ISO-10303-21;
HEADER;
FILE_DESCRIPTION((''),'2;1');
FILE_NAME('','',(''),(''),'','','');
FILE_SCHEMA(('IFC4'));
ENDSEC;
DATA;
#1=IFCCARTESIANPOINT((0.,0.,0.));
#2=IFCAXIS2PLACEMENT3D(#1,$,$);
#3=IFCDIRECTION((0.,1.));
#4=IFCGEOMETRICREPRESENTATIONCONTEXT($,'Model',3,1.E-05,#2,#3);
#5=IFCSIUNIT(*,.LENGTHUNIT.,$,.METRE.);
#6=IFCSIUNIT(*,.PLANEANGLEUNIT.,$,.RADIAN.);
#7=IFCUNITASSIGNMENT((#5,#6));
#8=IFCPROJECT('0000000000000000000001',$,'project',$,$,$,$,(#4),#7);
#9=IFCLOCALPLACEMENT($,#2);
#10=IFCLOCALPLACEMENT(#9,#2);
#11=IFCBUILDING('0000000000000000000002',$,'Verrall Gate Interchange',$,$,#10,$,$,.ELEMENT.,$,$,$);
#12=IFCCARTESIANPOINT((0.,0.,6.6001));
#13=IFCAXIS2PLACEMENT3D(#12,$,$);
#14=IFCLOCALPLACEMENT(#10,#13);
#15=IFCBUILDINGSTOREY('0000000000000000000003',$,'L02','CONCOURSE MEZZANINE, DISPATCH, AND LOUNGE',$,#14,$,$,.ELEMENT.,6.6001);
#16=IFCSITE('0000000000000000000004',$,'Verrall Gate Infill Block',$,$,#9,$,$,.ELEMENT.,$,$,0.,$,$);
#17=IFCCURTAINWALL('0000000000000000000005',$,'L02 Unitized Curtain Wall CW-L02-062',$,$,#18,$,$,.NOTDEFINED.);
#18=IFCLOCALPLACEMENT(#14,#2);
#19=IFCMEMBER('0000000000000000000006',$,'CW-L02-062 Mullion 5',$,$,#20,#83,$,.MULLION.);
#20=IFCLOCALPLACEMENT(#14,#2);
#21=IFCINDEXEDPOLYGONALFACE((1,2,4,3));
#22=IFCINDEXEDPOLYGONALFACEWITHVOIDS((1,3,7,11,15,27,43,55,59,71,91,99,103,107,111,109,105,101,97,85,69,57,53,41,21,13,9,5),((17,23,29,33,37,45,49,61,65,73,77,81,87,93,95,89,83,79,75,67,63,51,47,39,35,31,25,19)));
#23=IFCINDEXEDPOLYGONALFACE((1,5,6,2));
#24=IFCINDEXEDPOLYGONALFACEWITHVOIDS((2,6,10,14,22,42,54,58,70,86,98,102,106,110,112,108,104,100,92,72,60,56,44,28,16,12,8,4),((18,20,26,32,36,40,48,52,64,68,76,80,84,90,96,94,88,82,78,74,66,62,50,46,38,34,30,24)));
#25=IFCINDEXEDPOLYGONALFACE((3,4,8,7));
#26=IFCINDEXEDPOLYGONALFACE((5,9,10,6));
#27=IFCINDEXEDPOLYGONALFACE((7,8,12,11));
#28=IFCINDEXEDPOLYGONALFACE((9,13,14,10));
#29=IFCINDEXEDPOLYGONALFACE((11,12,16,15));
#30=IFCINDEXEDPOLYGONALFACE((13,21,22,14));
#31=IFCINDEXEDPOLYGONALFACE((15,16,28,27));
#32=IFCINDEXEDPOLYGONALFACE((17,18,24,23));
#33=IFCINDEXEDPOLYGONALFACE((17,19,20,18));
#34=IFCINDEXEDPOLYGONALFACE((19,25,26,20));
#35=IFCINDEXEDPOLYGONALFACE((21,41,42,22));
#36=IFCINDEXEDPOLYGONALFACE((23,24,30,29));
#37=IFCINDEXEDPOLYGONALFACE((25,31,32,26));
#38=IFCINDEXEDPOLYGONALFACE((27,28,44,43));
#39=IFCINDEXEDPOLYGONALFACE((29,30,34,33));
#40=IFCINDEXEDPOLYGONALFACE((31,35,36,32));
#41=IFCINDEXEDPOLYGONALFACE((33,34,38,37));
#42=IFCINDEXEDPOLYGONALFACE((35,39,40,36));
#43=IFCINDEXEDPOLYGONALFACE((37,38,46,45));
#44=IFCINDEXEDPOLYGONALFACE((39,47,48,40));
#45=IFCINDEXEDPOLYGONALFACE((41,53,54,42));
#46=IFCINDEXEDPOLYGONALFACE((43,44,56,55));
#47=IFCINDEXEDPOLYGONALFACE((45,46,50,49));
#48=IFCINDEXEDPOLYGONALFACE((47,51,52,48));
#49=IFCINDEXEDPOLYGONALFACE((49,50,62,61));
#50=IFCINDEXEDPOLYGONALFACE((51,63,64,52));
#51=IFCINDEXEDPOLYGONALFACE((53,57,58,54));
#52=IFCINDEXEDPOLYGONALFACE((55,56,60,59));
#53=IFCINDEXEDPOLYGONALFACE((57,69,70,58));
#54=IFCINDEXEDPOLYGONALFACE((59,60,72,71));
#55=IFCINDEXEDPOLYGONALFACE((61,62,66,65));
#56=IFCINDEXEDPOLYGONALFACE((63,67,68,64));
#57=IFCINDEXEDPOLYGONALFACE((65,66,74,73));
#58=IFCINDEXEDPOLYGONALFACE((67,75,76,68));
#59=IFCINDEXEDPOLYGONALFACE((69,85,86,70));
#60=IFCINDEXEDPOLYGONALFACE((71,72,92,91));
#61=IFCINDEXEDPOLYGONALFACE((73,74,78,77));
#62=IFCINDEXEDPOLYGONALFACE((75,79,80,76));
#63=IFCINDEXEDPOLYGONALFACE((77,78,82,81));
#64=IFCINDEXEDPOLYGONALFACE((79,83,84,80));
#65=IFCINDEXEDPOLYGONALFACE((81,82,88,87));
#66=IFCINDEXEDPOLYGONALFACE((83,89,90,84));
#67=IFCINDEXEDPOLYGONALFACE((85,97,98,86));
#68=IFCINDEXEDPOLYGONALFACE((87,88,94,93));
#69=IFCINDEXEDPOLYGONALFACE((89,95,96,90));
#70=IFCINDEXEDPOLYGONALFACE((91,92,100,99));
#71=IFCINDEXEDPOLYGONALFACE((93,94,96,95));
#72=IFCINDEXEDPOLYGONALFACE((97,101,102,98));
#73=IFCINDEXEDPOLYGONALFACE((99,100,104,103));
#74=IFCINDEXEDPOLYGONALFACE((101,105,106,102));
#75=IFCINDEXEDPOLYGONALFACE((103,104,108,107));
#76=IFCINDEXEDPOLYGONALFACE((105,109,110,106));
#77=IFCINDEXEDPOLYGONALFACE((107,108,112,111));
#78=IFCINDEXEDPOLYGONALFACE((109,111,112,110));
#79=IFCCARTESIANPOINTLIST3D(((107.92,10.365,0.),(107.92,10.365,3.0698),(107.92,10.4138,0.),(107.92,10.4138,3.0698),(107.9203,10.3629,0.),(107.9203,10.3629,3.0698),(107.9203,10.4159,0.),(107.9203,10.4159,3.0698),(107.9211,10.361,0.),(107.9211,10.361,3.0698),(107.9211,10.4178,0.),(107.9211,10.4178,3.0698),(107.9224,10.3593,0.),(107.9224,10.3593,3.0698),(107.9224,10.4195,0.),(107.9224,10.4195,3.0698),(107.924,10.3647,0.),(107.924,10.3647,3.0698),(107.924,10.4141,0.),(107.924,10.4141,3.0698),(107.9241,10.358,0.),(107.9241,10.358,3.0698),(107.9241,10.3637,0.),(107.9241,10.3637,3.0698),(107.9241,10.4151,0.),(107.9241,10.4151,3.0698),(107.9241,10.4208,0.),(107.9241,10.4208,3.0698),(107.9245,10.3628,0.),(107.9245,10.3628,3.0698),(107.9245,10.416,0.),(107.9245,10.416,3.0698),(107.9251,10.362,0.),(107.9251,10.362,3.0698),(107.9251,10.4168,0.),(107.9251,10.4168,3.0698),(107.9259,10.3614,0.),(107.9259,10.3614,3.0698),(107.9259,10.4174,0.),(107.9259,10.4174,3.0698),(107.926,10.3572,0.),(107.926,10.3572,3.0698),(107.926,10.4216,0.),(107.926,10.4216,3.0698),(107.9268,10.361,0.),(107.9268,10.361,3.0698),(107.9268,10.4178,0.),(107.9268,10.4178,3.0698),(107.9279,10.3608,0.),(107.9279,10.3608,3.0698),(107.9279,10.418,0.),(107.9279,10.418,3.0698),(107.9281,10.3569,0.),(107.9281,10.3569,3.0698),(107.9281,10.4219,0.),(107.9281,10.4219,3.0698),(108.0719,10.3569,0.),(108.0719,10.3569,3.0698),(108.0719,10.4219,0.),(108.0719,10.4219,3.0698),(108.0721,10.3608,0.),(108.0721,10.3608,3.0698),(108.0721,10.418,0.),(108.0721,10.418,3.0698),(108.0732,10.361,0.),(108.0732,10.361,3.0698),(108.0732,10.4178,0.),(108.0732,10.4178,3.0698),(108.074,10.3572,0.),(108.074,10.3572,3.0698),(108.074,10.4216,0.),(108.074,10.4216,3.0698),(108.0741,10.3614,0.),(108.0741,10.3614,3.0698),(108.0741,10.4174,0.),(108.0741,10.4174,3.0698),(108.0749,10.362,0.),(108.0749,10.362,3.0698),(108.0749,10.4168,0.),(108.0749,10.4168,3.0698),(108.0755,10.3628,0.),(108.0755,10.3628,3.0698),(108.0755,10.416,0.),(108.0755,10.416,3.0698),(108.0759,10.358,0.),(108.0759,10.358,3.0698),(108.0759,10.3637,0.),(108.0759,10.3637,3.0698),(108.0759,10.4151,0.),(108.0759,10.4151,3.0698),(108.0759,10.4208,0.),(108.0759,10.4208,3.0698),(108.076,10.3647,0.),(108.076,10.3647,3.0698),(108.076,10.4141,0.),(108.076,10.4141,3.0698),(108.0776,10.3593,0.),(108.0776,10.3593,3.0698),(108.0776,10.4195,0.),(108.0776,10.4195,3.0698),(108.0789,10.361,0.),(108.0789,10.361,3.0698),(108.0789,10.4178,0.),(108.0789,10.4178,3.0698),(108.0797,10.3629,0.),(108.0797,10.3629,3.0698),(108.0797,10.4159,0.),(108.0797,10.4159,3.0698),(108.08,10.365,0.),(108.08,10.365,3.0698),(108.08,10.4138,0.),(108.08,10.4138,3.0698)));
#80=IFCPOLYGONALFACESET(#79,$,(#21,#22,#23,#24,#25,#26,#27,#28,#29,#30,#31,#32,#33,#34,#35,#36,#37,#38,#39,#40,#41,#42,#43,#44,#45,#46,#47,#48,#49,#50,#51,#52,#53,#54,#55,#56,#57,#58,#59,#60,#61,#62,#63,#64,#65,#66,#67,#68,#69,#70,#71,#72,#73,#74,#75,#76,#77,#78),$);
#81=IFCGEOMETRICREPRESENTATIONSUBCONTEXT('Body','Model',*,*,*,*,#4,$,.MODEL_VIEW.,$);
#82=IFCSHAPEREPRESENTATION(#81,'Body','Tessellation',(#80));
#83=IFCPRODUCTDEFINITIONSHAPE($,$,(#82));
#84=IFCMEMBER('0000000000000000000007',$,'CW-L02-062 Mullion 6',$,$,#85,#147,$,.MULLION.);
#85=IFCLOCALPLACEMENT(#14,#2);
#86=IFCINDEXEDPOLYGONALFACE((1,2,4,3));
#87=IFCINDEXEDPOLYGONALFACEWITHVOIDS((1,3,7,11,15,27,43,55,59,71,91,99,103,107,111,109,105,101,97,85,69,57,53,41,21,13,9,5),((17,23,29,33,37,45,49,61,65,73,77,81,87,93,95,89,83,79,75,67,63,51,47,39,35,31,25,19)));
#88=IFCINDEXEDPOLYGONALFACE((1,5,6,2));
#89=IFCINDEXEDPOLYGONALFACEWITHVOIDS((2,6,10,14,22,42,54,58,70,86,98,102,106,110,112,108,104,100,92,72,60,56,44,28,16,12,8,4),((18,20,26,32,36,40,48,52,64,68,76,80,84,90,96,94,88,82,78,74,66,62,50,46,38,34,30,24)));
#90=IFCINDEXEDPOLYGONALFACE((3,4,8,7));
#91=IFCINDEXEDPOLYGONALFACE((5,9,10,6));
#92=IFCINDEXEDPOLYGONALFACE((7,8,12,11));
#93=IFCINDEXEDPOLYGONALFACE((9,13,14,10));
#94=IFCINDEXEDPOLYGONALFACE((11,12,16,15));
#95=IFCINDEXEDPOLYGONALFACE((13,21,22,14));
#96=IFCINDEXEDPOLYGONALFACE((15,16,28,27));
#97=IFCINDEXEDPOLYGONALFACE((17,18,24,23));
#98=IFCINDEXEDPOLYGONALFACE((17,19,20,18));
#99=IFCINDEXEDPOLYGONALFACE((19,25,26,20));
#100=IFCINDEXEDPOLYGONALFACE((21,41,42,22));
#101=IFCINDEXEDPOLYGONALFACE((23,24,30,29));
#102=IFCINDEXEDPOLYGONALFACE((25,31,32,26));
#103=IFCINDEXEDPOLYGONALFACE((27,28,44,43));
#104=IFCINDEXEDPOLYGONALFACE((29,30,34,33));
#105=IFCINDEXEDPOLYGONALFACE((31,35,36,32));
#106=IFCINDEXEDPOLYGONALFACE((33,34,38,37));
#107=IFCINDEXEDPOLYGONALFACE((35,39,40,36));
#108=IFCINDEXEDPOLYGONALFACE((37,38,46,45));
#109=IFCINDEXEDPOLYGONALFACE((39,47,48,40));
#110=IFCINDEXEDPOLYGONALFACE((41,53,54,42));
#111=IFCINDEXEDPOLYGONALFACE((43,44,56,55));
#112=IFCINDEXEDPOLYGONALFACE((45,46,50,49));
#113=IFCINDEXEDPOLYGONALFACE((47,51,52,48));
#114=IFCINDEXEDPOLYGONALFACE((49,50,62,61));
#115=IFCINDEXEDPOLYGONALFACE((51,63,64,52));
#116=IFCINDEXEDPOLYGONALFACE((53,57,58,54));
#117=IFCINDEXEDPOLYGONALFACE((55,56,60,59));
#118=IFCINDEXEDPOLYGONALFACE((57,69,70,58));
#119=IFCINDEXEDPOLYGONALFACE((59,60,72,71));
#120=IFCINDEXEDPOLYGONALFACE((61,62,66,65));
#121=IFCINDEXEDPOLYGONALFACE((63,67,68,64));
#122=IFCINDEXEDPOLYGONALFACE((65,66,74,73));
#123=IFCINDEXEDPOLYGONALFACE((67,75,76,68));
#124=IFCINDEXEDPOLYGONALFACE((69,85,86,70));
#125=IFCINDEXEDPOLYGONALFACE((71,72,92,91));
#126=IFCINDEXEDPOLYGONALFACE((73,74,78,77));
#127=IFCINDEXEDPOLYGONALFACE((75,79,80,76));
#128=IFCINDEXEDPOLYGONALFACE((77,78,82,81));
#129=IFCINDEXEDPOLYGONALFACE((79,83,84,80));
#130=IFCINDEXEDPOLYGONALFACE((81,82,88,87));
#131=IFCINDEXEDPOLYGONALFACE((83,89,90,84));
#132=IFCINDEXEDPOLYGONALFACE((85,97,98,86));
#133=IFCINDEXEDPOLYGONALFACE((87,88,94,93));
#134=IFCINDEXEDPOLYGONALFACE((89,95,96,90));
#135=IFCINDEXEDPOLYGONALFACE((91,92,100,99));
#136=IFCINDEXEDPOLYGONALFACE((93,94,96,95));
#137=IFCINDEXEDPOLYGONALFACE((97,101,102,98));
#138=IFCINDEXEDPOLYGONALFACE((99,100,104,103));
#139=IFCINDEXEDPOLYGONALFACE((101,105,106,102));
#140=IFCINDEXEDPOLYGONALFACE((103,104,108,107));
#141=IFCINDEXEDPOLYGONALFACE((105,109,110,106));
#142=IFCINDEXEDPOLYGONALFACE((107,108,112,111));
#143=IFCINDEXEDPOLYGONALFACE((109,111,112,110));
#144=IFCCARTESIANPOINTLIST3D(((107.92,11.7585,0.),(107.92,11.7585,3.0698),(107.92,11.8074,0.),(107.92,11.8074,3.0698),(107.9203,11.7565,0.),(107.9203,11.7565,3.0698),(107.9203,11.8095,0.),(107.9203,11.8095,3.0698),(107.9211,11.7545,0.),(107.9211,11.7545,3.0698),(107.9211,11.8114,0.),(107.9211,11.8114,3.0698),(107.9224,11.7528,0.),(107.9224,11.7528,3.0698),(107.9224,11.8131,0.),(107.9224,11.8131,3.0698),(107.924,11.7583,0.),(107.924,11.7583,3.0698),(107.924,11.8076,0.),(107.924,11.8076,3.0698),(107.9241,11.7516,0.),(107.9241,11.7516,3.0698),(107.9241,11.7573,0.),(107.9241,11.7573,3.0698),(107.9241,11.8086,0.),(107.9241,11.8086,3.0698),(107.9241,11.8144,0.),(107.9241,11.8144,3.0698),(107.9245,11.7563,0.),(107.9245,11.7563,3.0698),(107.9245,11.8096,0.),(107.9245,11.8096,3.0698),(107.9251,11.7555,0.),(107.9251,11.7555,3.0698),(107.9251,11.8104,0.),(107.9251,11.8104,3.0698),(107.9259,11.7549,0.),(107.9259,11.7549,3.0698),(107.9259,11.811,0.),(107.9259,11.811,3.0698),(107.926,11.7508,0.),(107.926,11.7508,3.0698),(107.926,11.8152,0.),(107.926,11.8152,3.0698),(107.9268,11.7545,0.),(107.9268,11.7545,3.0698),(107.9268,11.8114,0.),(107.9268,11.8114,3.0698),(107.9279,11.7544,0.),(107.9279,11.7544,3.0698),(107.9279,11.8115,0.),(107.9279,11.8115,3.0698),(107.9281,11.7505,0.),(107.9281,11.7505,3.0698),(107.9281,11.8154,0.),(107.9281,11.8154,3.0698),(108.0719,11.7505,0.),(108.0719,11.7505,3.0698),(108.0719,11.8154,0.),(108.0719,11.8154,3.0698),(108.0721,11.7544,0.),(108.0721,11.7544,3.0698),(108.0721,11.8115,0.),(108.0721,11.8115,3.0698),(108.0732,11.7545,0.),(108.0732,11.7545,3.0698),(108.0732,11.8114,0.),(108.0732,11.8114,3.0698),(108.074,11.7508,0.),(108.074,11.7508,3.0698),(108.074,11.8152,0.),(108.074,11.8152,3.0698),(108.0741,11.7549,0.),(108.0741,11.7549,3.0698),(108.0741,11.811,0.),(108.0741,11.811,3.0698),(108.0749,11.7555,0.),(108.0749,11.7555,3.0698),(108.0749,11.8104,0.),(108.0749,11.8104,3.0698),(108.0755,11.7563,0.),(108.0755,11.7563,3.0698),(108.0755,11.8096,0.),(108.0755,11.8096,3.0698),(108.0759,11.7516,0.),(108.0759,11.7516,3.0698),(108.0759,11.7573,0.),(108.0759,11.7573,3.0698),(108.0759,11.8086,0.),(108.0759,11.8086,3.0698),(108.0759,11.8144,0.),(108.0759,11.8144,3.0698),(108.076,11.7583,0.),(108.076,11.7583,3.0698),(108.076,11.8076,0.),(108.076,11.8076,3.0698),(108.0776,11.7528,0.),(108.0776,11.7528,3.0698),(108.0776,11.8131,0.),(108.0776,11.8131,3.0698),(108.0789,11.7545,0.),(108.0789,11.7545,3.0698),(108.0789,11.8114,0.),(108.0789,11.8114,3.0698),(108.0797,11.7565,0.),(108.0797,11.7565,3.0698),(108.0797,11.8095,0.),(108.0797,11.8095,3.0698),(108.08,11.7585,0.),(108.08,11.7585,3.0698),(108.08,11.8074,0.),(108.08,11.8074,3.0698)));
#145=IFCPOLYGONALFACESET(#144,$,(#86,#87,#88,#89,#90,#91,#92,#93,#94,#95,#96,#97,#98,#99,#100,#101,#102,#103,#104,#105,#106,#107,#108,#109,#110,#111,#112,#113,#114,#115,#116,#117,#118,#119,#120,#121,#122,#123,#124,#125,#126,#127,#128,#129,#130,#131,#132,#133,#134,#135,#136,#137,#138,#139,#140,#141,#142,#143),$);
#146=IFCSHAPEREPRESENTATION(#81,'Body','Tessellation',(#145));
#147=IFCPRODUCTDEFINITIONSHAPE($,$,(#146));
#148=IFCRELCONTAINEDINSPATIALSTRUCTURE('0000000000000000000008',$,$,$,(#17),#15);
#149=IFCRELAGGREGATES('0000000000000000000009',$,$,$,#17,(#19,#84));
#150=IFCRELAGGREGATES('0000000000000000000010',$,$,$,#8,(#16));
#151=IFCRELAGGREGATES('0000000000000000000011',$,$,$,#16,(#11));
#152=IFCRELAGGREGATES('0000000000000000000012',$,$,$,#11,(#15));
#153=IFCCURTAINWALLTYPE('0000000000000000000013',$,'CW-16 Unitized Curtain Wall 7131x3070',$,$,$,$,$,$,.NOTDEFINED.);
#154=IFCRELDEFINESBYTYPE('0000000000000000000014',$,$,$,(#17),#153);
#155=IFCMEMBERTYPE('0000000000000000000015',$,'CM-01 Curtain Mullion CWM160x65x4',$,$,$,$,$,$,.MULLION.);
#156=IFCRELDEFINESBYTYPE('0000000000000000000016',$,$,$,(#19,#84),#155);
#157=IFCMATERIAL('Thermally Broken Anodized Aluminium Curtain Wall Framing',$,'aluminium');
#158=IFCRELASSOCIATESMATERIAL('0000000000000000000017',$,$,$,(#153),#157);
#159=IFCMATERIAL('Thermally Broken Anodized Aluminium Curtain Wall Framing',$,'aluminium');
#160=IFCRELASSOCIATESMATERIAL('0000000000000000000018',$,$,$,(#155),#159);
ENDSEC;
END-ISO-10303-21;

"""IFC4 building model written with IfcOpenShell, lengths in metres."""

from ifc_helpers import new_model, si_unit, direction, frame, origin, origin_2d, place, context, subcontext, project, spatial, hollow_rectangle, extrude, material, material_profile, profile_set, type_object, element, aggregate, save


model = new_model("IFC4")

# Units and contexts
model_context = context("Model", 3, precision=1e-05, world=origin(), true_north=direction((0.0, 1.0)))
body_context = subcontext(model_context, "Body", "Model", "MODEL_VIEW")
ifc_project = project(units=[si_unit("LENGTHUNIT", "METRE"), si_unit("PLANEANGLEUNIT", "RADIAN")], contexts=[model_context])

# Site, building, storey
site_placement = place(None, origin())
site = spatial("IfcSite", under=ifc_project, at=site_placement, Name="Verrall Gate Infill Block", CompositionType="ELEMENT", RefElevation=0.0)
building_placement = place(site_placement, origin())
building = spatial("IfcBuilding", under=site, at=building_placement, Name="Verrall Gate Interchange", CompositionType="ELEMENT")
storey_placement = place(building_placement, frame((0.0, 0.0, 6.6001)))
storey = spatial("IfcBuildingStorey", under=building, at=storey_placement, Name="L02", Description="CONCOURSE MEZZANINE, DISPATCH, AND LOUNGE", CompositionType="ELEMENT", Elevation=6.6001)

# Curtain wall, members
ifc_material_1 = material(Name="Thermally Broken Anodized Aluminium Curtain Wall Framing", Category="aluminium")
curtain_wall_type_1 = type_object("IfcCurtainWallType", Name="CW-16 Unitized Curtain Wall 7131x3070", PredefinedType="NOTDEFINED", material=ifc_material_1)
curtain_wall_1_placement = place(storey_placement, origin())
curtain_wall_1 = element("IfcCurtainWall", 1, at=curtain_wall_1_placement, inside=storey, type_object=curtain_wall_type_1, Name="L02 Unitized Curtain Wall CW-L02-062", PredefinedType="NOTDEFINED")
ifc_material_2 = material(Name="Thermally Broken Anodized Aluminium Curtain Wall Framing", Category="aluminium")
ifc_material_profile_1 = material_profile(ifc_material_2, hollow_rectangle(XDim=0.0649, YDim=0.1599, WallThickness=0.0039, InnerFilletRadius=0.0039, OuterFilletRadius=0.0081, at=origin_2d()), Name="CWM160x65x4")
ifc_profile_set_1 = profile_set([ifc_material_profile_1], Name="Thermally Broken Anodized Aluminium Curtain Wall Framing")
member_type_1 = type_object("IfcMemberType", Name="CM-01 Curtain Mullion CWM160x65x4", PredefinedType="MULLION", material=ifc_profile_set_1)
member_1_placement = place(storey_placement, frame((108.0, 10.3894, 0.0), z_axis=(0.0, 0.0, 1.0), x_axis=(0.0, 1.0, 0.0)))
member_1 = element("IfcMember", 2, at=member_1_placement, type_object=member_type_1, Name="CW-L02-062 Mullion 5", PredefinedType="MULLION", context=body_context, shape_type="SweptSolid", body=[
    extrude(hollow_rectangle(XDim=0.0649, YDim=0.1599, WallThickness=0.0039, InnerFilletRadius=0.0039, OuterFilletRadius=0.0081, at=origin_2d()), origin(), (0.0, 0.0, 1.0), 3.0698),
])
member_2_placement = place(storey_placement, frame((108.0, 11.783, 0.0), z_axis=(0.0, 0.0, 1.0), x_axis=(0.0, 1.0, 0.0)))
member_2 = element("IfcMember", 3, at=member_2_placement, type_object=member_type_1, Name="CW-L02-062 Mullion 6", PredefinedType="MULLION", context=body_context, shape_type="SweptSolid", body=[
    extrude(hollow_rectangle(XDim=0.0649, YDim=0.1599, WallThickness=0.0039, InnerFilletRadius=0.0039, OuterFilletRadius=0.0081, at=origin_2d()), origin(), (0.0, 0.0, 1.0), 3.0698),
])

aggregate(curtain_wall_1, [member_1, member_2])

save(model, "model.ifc")
